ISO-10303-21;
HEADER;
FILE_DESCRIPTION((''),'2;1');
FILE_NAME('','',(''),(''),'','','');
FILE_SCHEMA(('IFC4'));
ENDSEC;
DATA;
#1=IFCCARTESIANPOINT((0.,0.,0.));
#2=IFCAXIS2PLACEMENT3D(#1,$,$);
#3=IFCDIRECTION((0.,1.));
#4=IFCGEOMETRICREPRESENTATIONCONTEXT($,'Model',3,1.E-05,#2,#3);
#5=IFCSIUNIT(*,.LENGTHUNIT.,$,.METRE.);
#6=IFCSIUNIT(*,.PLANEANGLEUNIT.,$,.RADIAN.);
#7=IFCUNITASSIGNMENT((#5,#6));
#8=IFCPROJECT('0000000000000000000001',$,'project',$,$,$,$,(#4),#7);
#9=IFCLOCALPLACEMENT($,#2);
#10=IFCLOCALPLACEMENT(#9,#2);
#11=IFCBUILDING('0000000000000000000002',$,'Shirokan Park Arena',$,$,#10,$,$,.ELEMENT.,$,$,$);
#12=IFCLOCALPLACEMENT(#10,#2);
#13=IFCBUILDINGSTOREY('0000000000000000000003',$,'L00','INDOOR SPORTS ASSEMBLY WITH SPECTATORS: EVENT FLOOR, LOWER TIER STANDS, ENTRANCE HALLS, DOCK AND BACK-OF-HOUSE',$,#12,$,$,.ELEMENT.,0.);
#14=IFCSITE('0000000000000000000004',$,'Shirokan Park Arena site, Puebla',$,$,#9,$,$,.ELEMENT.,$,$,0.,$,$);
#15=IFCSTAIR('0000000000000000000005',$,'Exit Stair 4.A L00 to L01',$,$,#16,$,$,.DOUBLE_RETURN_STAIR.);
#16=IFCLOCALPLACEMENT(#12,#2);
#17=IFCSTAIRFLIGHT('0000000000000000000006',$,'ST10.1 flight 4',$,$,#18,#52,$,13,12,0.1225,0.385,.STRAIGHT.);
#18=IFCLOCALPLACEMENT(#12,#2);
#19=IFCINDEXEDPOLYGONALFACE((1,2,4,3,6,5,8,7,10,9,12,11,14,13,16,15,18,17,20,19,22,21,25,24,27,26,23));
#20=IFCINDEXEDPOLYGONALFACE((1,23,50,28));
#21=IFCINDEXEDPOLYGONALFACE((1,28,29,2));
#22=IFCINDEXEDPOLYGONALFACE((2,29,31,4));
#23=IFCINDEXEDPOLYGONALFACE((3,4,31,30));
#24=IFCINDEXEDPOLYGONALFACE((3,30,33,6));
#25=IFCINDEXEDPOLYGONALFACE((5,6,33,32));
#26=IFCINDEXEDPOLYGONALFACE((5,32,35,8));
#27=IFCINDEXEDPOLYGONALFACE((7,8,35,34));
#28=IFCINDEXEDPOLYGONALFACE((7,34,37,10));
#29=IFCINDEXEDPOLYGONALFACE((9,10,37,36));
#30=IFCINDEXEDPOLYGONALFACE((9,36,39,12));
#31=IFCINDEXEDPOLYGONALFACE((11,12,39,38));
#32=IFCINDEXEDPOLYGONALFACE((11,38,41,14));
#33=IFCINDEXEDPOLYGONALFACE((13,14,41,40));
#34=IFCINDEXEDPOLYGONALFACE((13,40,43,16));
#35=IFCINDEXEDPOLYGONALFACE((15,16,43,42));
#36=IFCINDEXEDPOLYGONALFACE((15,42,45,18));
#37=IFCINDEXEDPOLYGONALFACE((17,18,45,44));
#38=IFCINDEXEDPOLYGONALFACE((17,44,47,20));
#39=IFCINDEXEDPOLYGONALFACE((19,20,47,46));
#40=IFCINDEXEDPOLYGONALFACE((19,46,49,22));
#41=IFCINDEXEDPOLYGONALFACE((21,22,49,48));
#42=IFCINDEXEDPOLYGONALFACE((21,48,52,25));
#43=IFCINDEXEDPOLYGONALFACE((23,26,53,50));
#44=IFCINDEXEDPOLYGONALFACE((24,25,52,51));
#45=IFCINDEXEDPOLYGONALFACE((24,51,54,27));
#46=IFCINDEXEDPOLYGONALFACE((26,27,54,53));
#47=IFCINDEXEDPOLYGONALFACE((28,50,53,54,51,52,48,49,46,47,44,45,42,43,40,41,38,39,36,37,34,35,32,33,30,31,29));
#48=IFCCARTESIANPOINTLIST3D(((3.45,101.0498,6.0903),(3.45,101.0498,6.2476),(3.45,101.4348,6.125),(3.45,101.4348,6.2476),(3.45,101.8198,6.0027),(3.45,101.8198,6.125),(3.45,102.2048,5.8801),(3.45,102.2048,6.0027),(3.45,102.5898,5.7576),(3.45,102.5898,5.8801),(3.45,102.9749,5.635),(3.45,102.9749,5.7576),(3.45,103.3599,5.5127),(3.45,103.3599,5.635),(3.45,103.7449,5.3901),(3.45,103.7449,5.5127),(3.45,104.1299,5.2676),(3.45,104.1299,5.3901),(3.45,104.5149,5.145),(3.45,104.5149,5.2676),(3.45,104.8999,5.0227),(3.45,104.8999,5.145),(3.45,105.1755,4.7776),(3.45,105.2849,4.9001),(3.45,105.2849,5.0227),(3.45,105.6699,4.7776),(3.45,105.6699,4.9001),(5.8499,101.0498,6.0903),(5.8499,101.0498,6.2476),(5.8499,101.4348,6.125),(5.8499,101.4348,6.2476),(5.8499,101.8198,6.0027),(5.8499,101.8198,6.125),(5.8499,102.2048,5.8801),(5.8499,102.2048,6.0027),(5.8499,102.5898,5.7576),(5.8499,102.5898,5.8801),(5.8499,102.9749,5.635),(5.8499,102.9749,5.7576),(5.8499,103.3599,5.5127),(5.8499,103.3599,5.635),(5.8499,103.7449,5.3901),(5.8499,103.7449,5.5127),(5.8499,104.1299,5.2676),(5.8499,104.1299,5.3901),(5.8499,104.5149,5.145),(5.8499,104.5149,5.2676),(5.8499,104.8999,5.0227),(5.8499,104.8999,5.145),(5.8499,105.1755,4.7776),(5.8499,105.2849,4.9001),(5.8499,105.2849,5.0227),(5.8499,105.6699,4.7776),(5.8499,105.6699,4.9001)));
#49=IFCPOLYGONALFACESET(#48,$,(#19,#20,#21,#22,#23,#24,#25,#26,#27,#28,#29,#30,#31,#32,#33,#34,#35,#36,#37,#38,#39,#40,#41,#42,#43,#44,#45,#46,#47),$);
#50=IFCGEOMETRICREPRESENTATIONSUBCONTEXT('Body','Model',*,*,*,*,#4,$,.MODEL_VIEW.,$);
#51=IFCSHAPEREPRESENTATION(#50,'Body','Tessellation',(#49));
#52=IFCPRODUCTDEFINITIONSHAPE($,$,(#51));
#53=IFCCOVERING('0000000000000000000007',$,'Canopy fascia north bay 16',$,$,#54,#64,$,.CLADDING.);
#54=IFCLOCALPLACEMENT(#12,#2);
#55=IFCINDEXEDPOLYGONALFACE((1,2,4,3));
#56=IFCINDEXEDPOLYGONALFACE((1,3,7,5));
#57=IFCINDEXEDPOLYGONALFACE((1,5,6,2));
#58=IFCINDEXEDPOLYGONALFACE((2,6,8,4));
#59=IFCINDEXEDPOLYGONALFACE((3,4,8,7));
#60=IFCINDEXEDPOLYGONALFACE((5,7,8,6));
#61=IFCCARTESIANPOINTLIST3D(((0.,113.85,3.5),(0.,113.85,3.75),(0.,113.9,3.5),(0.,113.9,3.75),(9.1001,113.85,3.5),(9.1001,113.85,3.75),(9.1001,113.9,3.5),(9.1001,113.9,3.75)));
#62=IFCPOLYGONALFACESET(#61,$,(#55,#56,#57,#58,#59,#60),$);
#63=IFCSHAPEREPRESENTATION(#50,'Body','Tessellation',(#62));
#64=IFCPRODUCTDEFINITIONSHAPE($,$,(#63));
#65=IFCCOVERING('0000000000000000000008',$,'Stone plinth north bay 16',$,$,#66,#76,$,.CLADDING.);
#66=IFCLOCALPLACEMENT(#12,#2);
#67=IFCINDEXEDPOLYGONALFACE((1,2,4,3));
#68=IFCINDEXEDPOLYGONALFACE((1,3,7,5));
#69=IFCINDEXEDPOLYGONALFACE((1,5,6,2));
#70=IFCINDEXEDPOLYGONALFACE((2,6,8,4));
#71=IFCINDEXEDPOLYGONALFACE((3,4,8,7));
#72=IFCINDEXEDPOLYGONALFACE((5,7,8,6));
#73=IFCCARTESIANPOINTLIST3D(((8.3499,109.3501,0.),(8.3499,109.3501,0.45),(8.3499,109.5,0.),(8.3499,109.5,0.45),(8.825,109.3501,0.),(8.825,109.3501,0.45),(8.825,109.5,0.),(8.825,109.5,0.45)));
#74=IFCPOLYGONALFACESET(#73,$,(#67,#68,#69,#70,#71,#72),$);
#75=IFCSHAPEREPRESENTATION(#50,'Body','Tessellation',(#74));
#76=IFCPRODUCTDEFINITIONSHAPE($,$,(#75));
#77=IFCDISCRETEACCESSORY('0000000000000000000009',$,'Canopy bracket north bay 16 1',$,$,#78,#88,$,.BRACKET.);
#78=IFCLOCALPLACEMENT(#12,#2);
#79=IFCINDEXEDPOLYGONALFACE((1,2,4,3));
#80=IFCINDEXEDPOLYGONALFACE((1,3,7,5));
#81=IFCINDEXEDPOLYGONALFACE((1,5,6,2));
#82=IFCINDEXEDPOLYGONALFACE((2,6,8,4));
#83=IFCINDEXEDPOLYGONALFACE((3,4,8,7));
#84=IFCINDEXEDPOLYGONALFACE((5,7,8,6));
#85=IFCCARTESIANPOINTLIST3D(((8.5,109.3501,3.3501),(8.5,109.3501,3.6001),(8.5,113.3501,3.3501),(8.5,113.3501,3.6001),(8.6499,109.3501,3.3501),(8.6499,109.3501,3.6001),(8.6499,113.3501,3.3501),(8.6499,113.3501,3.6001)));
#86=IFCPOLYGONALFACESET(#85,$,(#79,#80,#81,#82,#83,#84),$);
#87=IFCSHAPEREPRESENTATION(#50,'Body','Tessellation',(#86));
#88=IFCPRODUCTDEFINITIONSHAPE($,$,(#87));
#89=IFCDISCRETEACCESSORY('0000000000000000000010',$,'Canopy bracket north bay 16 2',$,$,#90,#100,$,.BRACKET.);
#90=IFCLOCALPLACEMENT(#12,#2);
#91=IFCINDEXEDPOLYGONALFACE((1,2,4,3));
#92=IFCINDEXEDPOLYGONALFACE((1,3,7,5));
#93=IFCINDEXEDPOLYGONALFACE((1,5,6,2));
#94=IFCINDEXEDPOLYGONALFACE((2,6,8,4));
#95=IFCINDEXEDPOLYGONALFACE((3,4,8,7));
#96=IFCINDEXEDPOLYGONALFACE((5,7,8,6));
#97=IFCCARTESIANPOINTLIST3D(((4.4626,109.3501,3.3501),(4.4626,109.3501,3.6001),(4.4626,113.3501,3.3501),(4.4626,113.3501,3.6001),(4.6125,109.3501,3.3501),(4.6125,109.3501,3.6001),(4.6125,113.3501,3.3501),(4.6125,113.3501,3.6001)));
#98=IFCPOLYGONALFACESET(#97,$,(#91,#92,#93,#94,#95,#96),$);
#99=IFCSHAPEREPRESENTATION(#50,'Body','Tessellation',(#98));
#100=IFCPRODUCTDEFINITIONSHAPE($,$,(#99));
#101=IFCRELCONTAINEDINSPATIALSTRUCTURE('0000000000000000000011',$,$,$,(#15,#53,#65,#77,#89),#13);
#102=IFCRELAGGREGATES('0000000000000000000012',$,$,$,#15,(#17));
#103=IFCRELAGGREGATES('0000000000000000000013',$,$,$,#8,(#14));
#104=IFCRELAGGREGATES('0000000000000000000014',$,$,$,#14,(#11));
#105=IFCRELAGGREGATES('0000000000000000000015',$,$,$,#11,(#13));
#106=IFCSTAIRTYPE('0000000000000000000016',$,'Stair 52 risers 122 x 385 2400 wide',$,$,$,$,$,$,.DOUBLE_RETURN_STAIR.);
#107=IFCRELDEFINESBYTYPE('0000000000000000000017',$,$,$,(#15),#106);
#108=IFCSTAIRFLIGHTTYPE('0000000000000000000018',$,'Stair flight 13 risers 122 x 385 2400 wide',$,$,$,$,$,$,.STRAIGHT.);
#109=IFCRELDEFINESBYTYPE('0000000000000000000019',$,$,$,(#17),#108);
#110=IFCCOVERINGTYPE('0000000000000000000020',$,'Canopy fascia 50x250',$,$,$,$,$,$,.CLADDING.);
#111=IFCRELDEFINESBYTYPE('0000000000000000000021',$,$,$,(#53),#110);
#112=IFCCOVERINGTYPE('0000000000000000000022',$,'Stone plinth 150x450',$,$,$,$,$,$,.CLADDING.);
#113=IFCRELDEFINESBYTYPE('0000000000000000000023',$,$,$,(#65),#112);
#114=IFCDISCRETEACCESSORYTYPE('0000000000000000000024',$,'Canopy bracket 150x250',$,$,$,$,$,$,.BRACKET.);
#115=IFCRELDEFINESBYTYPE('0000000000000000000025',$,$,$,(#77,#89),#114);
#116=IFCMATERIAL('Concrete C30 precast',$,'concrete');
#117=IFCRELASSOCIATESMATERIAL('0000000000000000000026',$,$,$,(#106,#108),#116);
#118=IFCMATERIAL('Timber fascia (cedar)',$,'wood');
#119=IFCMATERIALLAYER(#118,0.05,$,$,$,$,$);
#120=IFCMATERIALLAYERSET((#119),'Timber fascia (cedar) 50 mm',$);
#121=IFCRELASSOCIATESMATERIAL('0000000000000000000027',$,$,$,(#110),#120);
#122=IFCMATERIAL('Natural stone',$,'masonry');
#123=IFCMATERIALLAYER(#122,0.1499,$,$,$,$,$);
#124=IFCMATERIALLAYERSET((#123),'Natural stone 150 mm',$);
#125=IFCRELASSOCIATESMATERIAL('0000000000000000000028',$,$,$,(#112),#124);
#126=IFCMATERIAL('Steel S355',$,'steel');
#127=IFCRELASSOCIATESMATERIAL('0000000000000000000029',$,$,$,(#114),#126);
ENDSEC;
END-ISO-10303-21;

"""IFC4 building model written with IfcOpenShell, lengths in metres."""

from ifc_helpers import new_model, si_unit, direction, frame, origin, origin_2d, place, context, subcontext, project, spatial, polyline, rectangle, outline, extrude, material, layer, layer_set, type_object, element, aggregate, save


model = new_model("IFC4")

# Units and contexts
model_context = context("Model", 3, precision=1e-05, world=origin(), true_north=direction((0.0, 1.0)))
body_context = subcontext(model_context, "Body", "Model", "MODEL_VIEW")
ifc_project = project(units=[si_unit("LENGTHUNIT", "METRE"), si_unit("PLANEANGLEUNIT", "RADIAN")], contexts=[model_context])

# Site, building, storey
site_placement = place(None, origin())
site = spatial("IfcSite", under=ifc_project, at=site_placement, Name="Shirokan Park Arena site, Puebla", CompositionType="ELEMENT", RefElevation=0.0)
building_placement = place(site_placement, origin())
building = spatial("IfcBuilding", under=site, at=building_placement, Name="Shirokan Park Arena", CompositionType="ELEMENT")
storey_placement = place(building_placement, origin())
storey = spatial("IfcBuildingStorey", under=building, at=storey_placement, Name="L00", Description="INDOOR SPORTS ASSEMBLY WITH SPECTATORS: EVENT FLOOR, LOWER TIER STANDS, ENTRANCE HALLS, DOCK AND BACK-OF-HOUSE", CompositionType="ELEMENT", Elevation=0.0)

# Shared definitions
ifc_material_1 = material(Name="Steel S355", Category="steel")

# Stair, stair flight
ifc_material_2 = material(Name="Concrete C30 precast", Category="concrete")
stair_type = type_object("IfcStairType", Name="Stair 52 risers 122 x 385 2400 wide", PredefinedType="DOUBLE_RETURN_STAIR", material=ifc_material_2)
stair_placement = place(storey_placement, origin())
stair = element("IfcStair", 1, at=stair_placement, inside=storey, type_object=stair_type, Name="Exit Stair 4.A L00 to L01", PredefinedType="DOUBLE_RETURN_STAIR")
stair_flight_type = type_object("IfcStairFlightType", Name="Stair flight 13 risers 122 x 385 2400 wide", PredefinedType="STRAIGHT", material=ifc_material_2)
stair_flight_1_placement = place(storey_placement, frame((4.6499, 105.6699, 4.7776), z_axis=(0.0, 0.0, 1.0), x_axis=(0.0, -1.0, 0.0)))
stair_flight_1 = element("IfcStairFlight", 2, at=stair_flight_1_placement, type_object=stair_flight_type, Name="ST10.1 flight 4", NumberOfRisers=13, NumberOfTreads=12, PredefinedType="STRAIGHT", RiserHeight=0.1225, TreadLength=0.385, context=body_context, shape_type="SweptSolid", body=[
    extrude(outline(polyline([(0.0, 0.0), (0.0, 0.1226), (0.385, 0.1226), (0.385, 0.2451), (0.77, 0.2451), (0.77, 0.3674), (1.155, 0.3674), (1.155, 0.49), (1.54, 0.49), (1.54, 0.6125), (1.925, 0.6125), (1.925, 0.7351), (2.3101, 0.7351), (2.3101, 0.8574), (2.6951, 0.8574), (2.6951, 0.98), (3.0801, 0.98), (3.0801, 1.1025), (3.4651, 1.1025), (3.4651, 1.2251), (3.8501, 1.2251), (3.8501, 1.3474), (4.2351, 1.3474), (4.2351, 1.47), (4.6201, 1.47), (4.6201, 1.5925), (4.6201, 1.3127), (0.4944, 0.0), (0.0, 0.0)])), frame((0.0, 1.2, 0.0), z_axis=(0.0, -1.0, 0.0), x_axis=(1.0, 0.0, 0.0)), (0.0, 0.0, 1.0), 2.3999),
])
aggregate(stair, [stair_flight_1])

# Covering
ifc_material_3 = material(Name="Timber fascia (cedar)", Category="wood")
ifc_layer_1 = layer(ifc_material_3, 0.05)
ifc_layer_set_1 = layer_set([ifc_layer_1], Name="Timber fascia (cedar) 50 mm")
covering_type_1 = type_object("IfcCoveringType", Name="Canopy fascia 50x250", PredefinedType="CLADDING", material=ifc_layer_set_1)
covering_1_placement = place(storey_placement, frame((4.55, 113.875, 3.5), z_axis=(0.0, 0.0, 1.0), x_axis=(-1.0, 0.0, 0.0)))
element("IfcCovering", 3, at=covering_1_placement, inside=storey, type_object=covering_type_1, Name="Canopy fascia north bay 16", PredefinedType="CLADDING", context=body_context, shape_type="SweptSolid", body=[
    extrude(rectangle(XDim=9.1001, YDim=0.05, at=origin_2d()), origin(), (0.0, 0.0, 1.0), 0.25),
])

# Covering
ifc_material_4 = material(Name="Natural stone", Category="masonry")
ifc_layer_2 = layer(ifc_material_4, 0.1499)
ifc_layer_set_2 = layer_set([ifc_layer_2], Name="Natural stone 150 mm")
covering_type_2 = type_object("IfcCoveringType", Name="Stone plinth 150x450", PredefinedType="CLADDING", material=ifc_layer_set_2)
covering_2_placement = place(storey_placement, frame((8.5874, 109.425, 0.0), z_axis=(0.0, 0.0, 1.0), x_axis=(-1.0, 0.0, 0.0)))
element("IfcCovering", 4, at=covering_2_placement, inside=storey, type_object=covering_type_2, Name="Stone plinth north bay 16", PredefinedType="CLADDING", context=body_context, shape_type="SweptSolid", body=[
    extrude(rectangle(XDim=0.4751, YDim=0.1499, at=origin_2d()), origin(), (0.0, 0.0, 1.0), 0.45),
])

# Discrete accessories
discrete_accessory_type = type_object("IfcDiscreteAccessoryType", Name="Canopy bracket 150x250", PredefinedType="BRACKET", material=ifc_material_1)
for number, where, z_axis, x_axis, name in (
    (5, (8.575, 111.3501, 3.3501), (0.0, 0.0, 1.0), (-1.0, 0.0, 0.0), "Canopy bracket north bay 16 1"),
    (6, (4.5376, 111.3501, 3.3501), (0.0, 0.0, 1.0), (-1.0, 0.0, 0.0), "Canopy bracket north bay 16 2"),
):
    element("IfcDiscreteAccessory", number, at=place(storey_placement, frame(where, z_axis=z_axis, x_axis=x_axis)), inside=storey, type_object=discrete_accessory_type, Name=name, PredefinedType="BRACKET", context=body_context, shape_type="SweptSolid", body=[
        extrude(rectangle(XDim=0.1499, YDim=4.0, at=origin_2d()), origin(), (0.0, 0.0, 1.0), 0.25),
    ])

save(model, "model.ifc")
